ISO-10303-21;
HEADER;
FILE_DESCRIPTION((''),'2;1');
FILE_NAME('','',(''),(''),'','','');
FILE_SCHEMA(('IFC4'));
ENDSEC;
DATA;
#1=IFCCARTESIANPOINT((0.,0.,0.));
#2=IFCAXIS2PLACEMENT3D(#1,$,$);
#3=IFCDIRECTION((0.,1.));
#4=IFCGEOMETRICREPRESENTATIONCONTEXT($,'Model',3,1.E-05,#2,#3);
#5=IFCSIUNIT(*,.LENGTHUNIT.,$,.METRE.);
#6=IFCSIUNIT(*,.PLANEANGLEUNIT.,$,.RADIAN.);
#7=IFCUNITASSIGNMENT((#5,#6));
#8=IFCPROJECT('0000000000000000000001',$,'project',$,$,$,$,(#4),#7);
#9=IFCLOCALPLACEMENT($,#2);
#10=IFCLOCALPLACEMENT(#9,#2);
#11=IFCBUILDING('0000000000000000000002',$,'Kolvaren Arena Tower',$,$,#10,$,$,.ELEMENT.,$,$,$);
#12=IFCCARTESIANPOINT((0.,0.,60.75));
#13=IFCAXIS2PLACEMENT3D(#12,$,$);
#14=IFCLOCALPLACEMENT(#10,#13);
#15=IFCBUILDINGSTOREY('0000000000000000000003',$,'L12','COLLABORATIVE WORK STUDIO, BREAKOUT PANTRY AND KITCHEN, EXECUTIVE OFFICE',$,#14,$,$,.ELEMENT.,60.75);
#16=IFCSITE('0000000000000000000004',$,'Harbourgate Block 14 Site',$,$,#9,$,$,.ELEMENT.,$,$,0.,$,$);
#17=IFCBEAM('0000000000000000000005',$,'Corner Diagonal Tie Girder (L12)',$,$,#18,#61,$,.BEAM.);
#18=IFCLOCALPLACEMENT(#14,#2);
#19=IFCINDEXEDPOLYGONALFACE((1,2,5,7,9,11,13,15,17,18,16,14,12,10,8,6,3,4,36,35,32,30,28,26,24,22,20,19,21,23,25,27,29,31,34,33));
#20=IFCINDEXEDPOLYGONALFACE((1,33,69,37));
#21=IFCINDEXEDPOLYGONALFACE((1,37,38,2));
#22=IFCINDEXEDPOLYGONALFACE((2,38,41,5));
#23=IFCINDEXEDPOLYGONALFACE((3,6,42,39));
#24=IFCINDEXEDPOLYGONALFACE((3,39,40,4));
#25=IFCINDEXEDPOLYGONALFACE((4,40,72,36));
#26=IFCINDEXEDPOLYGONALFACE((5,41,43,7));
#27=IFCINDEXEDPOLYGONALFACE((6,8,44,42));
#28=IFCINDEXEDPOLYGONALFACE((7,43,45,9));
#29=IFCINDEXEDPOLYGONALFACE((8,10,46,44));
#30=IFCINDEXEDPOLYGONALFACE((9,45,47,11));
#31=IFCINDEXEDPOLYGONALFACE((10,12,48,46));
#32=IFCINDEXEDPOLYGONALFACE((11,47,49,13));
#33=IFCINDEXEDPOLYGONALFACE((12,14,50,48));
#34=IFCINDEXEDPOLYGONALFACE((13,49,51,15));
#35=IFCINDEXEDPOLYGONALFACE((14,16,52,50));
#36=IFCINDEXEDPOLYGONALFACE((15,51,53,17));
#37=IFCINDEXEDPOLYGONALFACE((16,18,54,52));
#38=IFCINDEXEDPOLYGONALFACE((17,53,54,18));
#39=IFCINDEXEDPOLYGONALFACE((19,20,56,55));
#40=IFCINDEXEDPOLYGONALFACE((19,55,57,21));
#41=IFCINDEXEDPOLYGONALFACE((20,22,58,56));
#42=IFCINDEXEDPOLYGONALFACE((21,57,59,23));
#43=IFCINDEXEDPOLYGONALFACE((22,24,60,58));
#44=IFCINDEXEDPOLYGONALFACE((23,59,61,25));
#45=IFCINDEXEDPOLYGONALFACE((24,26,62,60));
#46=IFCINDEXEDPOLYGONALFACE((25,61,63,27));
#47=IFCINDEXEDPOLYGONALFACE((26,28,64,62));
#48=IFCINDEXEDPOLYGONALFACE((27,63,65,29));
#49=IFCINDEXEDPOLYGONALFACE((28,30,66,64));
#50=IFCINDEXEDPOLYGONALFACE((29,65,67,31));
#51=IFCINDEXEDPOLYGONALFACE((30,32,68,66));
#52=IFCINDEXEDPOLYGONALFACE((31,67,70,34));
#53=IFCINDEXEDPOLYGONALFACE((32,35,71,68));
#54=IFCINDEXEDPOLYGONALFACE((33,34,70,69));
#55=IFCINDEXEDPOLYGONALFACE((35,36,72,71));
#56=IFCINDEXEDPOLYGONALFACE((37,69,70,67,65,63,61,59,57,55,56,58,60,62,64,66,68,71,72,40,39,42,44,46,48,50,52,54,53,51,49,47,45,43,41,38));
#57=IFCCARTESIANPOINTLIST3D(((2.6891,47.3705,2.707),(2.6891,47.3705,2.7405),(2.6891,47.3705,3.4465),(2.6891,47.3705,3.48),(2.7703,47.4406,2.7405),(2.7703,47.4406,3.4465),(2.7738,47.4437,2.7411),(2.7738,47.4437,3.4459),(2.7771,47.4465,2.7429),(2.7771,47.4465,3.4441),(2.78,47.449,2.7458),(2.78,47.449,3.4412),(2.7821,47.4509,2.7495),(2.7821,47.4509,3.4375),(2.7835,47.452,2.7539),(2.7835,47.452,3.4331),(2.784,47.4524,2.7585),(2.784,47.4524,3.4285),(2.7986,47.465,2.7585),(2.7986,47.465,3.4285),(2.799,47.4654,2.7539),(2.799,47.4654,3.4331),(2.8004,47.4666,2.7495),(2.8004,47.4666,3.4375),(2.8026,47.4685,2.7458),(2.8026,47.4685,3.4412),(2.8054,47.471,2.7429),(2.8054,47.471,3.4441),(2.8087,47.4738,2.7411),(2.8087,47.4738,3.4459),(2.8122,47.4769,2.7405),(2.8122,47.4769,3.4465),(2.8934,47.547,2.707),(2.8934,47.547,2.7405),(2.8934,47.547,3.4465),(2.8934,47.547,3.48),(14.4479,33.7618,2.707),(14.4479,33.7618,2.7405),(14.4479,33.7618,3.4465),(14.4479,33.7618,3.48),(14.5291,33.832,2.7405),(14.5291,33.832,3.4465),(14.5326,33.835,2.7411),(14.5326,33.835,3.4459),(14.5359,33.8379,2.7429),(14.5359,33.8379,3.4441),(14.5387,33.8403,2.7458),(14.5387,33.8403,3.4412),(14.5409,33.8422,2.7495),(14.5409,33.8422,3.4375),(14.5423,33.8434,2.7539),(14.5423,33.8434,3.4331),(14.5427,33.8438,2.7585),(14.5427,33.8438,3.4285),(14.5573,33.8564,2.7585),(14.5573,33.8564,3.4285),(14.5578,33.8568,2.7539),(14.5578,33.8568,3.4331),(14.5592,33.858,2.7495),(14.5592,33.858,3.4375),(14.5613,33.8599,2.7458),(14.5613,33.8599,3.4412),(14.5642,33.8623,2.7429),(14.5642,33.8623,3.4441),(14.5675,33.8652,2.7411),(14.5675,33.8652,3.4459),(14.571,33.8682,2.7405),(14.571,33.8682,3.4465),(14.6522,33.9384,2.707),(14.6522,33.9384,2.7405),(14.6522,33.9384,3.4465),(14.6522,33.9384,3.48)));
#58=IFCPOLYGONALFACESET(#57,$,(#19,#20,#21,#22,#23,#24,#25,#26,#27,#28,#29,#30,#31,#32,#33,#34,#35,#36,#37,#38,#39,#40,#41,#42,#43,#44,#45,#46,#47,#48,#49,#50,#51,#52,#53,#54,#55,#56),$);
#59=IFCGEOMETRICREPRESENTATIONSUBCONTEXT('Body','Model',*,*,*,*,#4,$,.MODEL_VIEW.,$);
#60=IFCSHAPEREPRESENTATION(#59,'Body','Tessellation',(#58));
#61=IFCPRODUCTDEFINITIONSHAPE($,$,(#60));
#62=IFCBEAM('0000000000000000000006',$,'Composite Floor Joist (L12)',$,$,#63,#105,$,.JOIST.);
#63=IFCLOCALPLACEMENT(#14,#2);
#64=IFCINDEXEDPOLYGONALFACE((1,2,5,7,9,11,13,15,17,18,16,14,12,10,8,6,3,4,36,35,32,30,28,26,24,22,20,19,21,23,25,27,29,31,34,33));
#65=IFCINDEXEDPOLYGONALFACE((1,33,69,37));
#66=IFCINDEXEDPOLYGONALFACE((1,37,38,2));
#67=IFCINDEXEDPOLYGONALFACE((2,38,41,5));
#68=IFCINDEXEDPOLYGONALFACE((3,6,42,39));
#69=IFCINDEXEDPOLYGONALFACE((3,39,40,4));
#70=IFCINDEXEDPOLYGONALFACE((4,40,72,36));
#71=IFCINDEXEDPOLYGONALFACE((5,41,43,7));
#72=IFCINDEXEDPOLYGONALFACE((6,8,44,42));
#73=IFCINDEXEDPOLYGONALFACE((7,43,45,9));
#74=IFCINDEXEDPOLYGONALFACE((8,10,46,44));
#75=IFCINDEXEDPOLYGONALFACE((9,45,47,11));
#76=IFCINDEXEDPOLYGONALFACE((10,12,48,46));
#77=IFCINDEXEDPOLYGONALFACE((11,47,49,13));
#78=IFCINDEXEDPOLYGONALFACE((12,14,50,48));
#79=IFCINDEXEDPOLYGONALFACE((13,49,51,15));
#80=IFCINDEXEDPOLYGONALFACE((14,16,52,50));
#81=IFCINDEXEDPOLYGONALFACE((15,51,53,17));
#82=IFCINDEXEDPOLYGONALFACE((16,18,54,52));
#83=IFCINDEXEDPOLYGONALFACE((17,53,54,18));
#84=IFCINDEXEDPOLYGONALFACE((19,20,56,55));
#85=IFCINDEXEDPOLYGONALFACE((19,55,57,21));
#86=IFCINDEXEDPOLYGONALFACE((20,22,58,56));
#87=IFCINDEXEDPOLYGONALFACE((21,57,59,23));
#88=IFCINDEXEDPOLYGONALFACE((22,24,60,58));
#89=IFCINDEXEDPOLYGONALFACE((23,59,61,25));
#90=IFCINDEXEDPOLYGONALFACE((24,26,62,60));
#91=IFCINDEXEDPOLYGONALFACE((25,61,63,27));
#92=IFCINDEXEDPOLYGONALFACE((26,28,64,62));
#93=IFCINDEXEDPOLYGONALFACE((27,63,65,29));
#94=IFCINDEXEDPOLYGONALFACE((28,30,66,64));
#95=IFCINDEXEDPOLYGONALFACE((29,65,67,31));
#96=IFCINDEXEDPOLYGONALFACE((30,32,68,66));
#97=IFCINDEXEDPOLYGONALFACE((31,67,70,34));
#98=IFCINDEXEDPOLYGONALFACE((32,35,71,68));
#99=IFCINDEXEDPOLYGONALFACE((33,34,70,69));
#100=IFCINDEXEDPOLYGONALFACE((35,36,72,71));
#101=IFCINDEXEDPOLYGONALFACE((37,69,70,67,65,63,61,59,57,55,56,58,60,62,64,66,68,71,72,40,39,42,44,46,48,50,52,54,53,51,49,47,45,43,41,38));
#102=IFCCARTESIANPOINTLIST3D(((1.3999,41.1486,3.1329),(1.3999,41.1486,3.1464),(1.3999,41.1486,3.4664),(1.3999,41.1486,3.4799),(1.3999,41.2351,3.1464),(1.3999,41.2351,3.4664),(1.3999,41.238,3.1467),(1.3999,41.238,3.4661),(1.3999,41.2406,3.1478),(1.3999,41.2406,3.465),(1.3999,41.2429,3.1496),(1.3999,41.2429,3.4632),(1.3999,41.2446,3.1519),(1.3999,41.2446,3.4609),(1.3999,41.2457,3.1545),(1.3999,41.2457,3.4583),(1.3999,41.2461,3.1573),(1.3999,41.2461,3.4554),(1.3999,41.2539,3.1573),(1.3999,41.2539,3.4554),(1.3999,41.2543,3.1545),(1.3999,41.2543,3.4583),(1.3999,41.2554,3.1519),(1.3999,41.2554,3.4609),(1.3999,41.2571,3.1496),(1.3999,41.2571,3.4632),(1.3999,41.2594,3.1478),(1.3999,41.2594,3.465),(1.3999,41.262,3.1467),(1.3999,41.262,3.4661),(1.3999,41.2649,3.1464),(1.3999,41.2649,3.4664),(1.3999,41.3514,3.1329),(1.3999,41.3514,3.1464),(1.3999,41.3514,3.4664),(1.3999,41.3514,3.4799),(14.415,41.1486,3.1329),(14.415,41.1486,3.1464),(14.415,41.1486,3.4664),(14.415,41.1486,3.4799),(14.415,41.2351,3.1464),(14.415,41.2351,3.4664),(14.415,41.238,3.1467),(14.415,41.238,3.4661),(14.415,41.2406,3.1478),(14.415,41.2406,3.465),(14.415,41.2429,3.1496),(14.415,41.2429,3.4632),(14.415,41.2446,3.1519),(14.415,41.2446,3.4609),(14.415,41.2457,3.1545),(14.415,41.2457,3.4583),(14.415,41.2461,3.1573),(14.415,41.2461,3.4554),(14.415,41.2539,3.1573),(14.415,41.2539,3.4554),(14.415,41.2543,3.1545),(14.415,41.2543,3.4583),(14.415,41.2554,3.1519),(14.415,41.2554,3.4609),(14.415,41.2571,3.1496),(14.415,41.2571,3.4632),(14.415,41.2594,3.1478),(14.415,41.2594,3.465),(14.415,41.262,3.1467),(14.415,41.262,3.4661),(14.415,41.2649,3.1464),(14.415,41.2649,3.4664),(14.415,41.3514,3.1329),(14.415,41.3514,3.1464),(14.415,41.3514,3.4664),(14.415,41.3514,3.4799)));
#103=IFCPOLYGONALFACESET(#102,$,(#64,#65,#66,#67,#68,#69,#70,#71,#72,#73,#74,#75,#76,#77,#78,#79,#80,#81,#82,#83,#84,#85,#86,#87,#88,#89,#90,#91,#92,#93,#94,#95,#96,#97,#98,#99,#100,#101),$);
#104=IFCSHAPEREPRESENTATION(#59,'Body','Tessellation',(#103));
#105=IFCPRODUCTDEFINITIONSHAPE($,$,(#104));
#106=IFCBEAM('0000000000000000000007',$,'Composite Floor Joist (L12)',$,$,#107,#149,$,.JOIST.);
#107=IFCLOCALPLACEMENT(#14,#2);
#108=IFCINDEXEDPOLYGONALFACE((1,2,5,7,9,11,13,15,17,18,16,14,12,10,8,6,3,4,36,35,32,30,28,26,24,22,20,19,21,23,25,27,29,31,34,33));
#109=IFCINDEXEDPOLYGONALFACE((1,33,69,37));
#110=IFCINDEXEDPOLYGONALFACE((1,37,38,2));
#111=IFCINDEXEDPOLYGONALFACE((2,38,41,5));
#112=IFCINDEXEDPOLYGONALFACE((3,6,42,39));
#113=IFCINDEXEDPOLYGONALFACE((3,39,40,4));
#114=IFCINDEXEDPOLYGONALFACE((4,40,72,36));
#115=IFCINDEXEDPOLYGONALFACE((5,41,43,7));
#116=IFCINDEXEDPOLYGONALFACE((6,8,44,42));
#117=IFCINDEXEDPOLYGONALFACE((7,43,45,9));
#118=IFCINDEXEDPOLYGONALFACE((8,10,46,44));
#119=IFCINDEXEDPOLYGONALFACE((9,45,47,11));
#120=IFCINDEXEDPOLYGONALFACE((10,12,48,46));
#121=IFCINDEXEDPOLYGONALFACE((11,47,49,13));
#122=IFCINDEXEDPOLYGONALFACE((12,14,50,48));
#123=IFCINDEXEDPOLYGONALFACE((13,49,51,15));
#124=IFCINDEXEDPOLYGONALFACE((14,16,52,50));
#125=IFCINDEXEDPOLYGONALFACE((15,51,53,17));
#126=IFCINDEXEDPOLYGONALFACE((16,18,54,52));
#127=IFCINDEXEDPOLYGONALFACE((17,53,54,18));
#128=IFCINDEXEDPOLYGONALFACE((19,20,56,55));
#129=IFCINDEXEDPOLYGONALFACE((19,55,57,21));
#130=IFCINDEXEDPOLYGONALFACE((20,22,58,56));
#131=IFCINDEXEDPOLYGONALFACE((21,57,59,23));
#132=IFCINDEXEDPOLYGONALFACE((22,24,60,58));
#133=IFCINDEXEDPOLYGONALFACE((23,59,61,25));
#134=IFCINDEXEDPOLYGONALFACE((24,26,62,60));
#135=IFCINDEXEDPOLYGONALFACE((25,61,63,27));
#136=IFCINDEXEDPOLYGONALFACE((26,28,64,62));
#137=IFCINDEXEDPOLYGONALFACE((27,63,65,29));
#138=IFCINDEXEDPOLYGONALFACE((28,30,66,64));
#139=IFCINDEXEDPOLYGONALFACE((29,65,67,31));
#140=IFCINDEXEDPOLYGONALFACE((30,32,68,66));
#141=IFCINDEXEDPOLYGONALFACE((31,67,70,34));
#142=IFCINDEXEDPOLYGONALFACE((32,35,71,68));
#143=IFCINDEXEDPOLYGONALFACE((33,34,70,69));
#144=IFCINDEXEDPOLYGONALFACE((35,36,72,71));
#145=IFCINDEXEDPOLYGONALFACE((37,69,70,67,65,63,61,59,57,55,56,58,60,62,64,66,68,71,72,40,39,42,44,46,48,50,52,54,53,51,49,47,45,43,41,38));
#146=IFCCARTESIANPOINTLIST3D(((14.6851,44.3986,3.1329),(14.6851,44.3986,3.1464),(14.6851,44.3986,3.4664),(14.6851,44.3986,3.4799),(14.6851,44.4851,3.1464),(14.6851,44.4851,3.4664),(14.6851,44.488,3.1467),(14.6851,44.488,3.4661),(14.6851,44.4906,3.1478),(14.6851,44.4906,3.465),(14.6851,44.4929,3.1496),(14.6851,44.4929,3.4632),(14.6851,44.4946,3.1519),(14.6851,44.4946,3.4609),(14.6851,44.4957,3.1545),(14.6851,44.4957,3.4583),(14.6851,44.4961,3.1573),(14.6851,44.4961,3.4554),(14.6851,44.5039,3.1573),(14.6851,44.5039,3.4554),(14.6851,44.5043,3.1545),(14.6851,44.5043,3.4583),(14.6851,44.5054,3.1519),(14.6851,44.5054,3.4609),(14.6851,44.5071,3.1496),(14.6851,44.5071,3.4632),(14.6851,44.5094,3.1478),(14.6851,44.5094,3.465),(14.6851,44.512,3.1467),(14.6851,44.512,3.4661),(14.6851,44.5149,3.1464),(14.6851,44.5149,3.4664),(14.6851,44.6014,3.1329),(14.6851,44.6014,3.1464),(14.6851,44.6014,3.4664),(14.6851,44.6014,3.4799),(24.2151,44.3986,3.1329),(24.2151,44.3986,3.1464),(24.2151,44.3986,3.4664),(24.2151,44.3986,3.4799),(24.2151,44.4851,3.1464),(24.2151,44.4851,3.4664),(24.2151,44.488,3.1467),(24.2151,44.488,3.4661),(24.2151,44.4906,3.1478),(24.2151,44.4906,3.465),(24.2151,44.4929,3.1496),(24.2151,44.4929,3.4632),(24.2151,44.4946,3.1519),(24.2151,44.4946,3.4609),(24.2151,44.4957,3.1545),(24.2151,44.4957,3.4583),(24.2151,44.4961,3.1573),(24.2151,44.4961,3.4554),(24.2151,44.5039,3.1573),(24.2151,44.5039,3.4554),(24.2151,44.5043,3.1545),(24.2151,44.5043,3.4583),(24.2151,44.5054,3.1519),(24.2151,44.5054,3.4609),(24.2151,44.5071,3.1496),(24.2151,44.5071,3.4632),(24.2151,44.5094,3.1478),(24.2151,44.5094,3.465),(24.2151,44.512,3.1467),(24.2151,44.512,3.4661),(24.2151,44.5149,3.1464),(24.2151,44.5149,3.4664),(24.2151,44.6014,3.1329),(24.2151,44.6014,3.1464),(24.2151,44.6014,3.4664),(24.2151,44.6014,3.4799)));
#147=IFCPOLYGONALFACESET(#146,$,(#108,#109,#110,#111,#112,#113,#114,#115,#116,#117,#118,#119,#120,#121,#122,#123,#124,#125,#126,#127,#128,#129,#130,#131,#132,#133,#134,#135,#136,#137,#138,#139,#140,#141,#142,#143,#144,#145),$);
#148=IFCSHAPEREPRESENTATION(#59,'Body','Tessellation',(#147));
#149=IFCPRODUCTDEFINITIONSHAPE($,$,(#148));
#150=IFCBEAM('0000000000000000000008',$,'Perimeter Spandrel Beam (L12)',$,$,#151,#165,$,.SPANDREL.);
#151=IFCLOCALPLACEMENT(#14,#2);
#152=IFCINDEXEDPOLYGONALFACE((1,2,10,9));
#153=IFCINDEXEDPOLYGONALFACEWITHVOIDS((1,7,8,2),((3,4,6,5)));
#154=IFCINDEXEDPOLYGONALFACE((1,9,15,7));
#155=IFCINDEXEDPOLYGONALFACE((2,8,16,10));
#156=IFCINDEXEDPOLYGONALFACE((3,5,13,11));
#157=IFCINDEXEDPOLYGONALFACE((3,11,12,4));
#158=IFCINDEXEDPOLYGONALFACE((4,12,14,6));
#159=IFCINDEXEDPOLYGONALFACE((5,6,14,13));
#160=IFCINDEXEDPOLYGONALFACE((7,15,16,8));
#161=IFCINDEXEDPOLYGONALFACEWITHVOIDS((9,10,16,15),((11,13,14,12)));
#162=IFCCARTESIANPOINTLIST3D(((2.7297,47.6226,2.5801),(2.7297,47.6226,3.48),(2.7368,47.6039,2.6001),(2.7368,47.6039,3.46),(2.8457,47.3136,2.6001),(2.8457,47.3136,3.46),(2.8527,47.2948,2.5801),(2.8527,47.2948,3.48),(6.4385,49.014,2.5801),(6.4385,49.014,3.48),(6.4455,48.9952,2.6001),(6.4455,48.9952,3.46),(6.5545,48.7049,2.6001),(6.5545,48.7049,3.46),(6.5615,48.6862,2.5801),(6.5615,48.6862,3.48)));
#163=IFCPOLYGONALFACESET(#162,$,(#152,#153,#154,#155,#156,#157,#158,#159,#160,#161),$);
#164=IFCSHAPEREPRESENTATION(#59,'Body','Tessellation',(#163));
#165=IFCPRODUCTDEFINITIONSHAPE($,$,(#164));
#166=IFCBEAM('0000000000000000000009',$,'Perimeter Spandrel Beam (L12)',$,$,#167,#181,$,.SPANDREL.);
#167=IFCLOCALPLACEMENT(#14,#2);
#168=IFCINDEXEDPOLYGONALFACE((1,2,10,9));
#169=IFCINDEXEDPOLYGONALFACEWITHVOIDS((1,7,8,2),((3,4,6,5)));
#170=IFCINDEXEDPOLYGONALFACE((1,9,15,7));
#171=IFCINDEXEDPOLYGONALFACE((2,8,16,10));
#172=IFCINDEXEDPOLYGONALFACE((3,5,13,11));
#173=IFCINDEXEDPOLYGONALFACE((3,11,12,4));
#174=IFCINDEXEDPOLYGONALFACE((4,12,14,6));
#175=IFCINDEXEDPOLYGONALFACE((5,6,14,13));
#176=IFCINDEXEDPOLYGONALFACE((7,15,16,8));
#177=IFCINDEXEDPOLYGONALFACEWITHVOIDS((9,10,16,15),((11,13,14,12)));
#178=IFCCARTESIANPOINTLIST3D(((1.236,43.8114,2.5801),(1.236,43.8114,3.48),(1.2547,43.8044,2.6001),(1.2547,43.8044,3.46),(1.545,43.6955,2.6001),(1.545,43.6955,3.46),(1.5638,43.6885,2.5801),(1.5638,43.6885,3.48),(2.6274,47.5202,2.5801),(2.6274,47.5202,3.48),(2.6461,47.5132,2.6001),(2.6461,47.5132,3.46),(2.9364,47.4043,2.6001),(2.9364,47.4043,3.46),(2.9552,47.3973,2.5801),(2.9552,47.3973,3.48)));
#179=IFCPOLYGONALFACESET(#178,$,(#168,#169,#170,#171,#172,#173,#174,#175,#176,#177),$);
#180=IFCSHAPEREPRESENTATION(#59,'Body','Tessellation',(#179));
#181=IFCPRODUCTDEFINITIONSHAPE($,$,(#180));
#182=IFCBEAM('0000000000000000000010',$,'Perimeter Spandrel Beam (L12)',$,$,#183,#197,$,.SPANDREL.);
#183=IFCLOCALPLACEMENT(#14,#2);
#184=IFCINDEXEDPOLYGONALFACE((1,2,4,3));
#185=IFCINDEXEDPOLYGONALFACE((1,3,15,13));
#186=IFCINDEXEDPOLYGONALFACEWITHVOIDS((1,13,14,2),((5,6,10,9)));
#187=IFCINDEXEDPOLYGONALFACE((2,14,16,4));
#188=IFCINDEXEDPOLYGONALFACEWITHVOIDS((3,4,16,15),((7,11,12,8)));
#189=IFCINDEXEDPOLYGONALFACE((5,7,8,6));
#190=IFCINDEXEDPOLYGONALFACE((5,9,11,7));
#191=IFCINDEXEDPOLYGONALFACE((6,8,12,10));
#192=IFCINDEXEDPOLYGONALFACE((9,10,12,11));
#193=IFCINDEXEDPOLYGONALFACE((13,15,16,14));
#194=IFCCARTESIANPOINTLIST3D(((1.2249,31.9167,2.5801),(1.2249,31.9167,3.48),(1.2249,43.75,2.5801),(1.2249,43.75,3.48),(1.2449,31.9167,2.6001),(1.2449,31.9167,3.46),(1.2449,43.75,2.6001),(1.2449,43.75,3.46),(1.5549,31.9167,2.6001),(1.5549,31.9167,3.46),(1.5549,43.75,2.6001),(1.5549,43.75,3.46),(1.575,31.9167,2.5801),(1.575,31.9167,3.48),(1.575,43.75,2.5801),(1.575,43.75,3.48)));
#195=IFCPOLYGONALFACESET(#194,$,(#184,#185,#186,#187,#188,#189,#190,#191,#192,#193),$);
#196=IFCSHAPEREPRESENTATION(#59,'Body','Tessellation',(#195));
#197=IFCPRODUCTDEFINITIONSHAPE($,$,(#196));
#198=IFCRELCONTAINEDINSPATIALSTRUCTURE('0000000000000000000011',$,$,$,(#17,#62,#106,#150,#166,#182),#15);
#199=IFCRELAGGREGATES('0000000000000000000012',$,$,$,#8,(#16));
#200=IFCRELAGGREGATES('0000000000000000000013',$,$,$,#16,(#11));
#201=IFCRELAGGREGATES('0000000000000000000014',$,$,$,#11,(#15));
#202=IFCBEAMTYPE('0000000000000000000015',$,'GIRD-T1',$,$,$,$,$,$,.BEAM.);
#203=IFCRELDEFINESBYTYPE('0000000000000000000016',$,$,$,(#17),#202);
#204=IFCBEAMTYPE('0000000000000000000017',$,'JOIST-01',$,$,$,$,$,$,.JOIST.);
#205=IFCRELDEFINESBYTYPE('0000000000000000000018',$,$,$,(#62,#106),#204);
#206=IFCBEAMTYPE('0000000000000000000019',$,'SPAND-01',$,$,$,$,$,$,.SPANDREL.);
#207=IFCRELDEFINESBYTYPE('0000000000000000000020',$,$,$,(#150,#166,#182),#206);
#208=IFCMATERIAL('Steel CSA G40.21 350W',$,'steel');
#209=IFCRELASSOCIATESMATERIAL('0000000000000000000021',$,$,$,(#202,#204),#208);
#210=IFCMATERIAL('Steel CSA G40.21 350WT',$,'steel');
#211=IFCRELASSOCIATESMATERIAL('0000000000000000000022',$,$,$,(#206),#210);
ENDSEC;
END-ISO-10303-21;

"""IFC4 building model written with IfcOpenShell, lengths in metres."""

from ifc_helpers import new_model, si_unit, direction, frame, origin, origin_2d, place, context, subcontext, project, spatial, hollow_rectangle, i_section, extrude, material, material_profile, profile_set, type_object, element, save


model = new_model("IFC4")

# Units and contexts
model_context = context("Model", 3, precision=1e-05, world=origin(), true_north=direction((0.0, 1.0)))
body_context = subcontext(model_context, "Body", "Model", "MODEL_VIEW")
ifc_project = project(units=[si_unit("LENGTHUNIT", "METRE"), si_unit("PLANEANGLEUNIT", "RADIAN")], contexts=[model_context])

# Site, building, storey
site_placement = place(None, origin())
site = spatial("IfcSite", under=ifc_project, at=site_placement, Name="Harbourgate Block 14 Site", CompositionType="ELEMENT", RefElevation=0.0)
building_placement = place(site_placement, origin())
building = spatial("IfcBuilding", under=site, at=building_placement, Name="Kolvaren Arena Tower", CompositionType="ELEMENT")
storey_placement = place(building_placement, frame((0.0, 0.0, 60.75)))
storey = spatial("IfcBuildingStorey", under=building, at=storey_placement, Name="L12", Description="COLLABORATIVE WORK STUDIO, BREAKOUT PANTRY AND KITCHEN, EXECUTIVE OFFICE", CompositionType="ELEMENT", Elevation=60.75)

# Beams
ifc_material_1 = material(Name="Steel CSA G40.21 350W", Category="steel")
ifc_material_profile_1 = material_profile(ifc_material_1, i_section(OverallWidth=0.27, OverallDepth=0.7729, WebThickness=0.0193, FlangeThickness=0.0334, FilletRadius=0.0181, at=origin_2d()), Name="W760x257")
ifc_profile_set_1 = profile_set([ifc_material_profile_1], Name="Steel CSA G40.21 350W")
beam_type_1 = type_object("IfcBeamType", Name="GIRD-T1", PredefinedType="BEAM", material=ifc_profile_set_1)
beam_1_placement = place(storey_placement, frame((2.7913, 47.4587, 3.0935), z_axis=(0.653807, -0.756662, 0.0), x_axis=(0.756662, 0.653807, 0.0)))
element("IfcBeam", 1, at=beam_1_placement, inside=storey, type_object=beam_type_1, Name="Corner Diagonal Tie Girder (L12)", PredefinedType="BEAM", context=body_context, shape_type="SweptSolid", body=[
    extrude(i_section(OverallWidth=0.27, OverallDepth=0.7729, WebThickness=0.0193, FlangeThickness=0.0334, FilletRadius=0.0181, at=origin_2d()), origin(), (0.0, 0.0, 1.0), 17.9851),
])
ifc_material_profile_2 = material_profile(ifc_material_1, i_section(OverallWidth=0.2029, OverallDepth=0.3469, WebThickness=0.0078, FlangeThickness=0.0134, FilletRadius=0.011, at=origin_2d()), Name="W360x64")
ifc_profile_set_2 = profile_set([ifc_material_profile_2], Name="Steel CSA G40.21 350W")
beam_type_2 = type_object("IfcBeamType", Name="JOIST-01", PredefinedType="JOIST", material=ifc_profile_set_2)
beam_2_placement = place(storey_placement, frame((1.3999, 41.25, 3.3064), z_axis=(1.0, 0.0, 0.0), x_axis=(0.0, 1.0, 0.0)))
element("IfcBeam", 2, at=beam_2_placement, inside=storey, type_object=beam_type_2, Name="Composite Floor Joist (L12)", PredefinedType="JOIST", context=body_context, shape_type="SweptSolid", body=[
    extrude(i_section(OverallWidth=0.2029, OverallDepth=0.3469, WebThickness=0.0078, FlangeThickness=0.0134, FilletRadius=0.011, at=origin_2d()), origin(), (0.0, 0.0, 1.0), 13.0151),
])
beam_3_placement = place(storey_placement, frame((14.6851, 44.5, 3.3064), z_axis=(1.0, 0.0, 0.0), x_axis=(0.0, 1.0, 0.0)))
element("IfcBeam", 3, at=beam_3_placement, inside=storey, type_object=beam_type_2, Name="Composite Floor Joist (L12)", PredefinedType="JOIST", context=body_context, shape_type="SweptSolid", body=[
    extrude(i_section(OverallWidth=0.2029, OverallDepth=0.3469, WebThickness=0.0078, FlangeThickness=0.0134, FilletRadius=0.011, at=origin_2d()), origin(), (0.0, 0.0, 1.0), 9.53),
])
ifc_material_2 = material(Name="Steel CSA G40.21 350WT", Category="steel")
ifc_material_profile_3 = material_profile(ifc_material_2, hollow_rectangle(XDim=0.3501, YDim=0.8999, WallThickness=0.02, at=origin_2d()), Name="HSS 900x350x20")
ifc_profile_set_3 = profile_set([ifc_material_profile_3], Name="Steel CSA G40.21 350WT")
beam_type_3 = type_object("IfcBeamType", Name="SPAND-01", PredefinedType="SPANDREL", material=ifc_profile_set_3)
for number, where, z_axis, x_axis, name in (
    (4, (6.5, 48.8501, 3.03), (-0.936281, -0.351252, 0.0), (0.351252, -0.936281, 0.0), "Perimeter Spandrel Beam (L12)"),
    (5, (2.7913, 47.4587, 3.03), (-0.351252, -0.936281, 0.0), (0.936281, -0.351252, 0.0), "Perimeter Spandrel Beam (L12)"),
):
    element("IfcBeam", number, at=place(storey_placement, frame(where, z_axis=z_axis, x_axis=x_axis)), inside=storey, type_object=beam_type_3, Name=name, PredefinedType="SPANDREL", context=body_context, shape_type="SweptSolid", body=[
        extrude(hollow_rectangle(XDim=0.3501, YDim=0.8999, WallThickness=0.02, at=origin_2d()), origin(), (0.0, 0.0, 1.0), 3.9612),
    ])
beam_4_placement = place(storey_placement, frame((1.3999, 43.75, 3.03), z_axis=(0.0, -1.0, 0.0), x_axis=(1.0, 0.0, 0.0)))
element("IfcBeam", 6, at=beam_4_placement, inside=storey, type_object=beam_type_3, Name="Perimeter Spandrel Beam (L12)", PredefinedType="SPANDREL", context=body_context, shape_type="SweptSolid", body=[
    extrude(hollow_rectangle(XDim=0.3501, YDim=0.8999, WallThickness=0.02, at=origin_2d()), origin(), (0.0, 0.0, 1.0), 11.8333),
])

save(model, "model.ifc")
